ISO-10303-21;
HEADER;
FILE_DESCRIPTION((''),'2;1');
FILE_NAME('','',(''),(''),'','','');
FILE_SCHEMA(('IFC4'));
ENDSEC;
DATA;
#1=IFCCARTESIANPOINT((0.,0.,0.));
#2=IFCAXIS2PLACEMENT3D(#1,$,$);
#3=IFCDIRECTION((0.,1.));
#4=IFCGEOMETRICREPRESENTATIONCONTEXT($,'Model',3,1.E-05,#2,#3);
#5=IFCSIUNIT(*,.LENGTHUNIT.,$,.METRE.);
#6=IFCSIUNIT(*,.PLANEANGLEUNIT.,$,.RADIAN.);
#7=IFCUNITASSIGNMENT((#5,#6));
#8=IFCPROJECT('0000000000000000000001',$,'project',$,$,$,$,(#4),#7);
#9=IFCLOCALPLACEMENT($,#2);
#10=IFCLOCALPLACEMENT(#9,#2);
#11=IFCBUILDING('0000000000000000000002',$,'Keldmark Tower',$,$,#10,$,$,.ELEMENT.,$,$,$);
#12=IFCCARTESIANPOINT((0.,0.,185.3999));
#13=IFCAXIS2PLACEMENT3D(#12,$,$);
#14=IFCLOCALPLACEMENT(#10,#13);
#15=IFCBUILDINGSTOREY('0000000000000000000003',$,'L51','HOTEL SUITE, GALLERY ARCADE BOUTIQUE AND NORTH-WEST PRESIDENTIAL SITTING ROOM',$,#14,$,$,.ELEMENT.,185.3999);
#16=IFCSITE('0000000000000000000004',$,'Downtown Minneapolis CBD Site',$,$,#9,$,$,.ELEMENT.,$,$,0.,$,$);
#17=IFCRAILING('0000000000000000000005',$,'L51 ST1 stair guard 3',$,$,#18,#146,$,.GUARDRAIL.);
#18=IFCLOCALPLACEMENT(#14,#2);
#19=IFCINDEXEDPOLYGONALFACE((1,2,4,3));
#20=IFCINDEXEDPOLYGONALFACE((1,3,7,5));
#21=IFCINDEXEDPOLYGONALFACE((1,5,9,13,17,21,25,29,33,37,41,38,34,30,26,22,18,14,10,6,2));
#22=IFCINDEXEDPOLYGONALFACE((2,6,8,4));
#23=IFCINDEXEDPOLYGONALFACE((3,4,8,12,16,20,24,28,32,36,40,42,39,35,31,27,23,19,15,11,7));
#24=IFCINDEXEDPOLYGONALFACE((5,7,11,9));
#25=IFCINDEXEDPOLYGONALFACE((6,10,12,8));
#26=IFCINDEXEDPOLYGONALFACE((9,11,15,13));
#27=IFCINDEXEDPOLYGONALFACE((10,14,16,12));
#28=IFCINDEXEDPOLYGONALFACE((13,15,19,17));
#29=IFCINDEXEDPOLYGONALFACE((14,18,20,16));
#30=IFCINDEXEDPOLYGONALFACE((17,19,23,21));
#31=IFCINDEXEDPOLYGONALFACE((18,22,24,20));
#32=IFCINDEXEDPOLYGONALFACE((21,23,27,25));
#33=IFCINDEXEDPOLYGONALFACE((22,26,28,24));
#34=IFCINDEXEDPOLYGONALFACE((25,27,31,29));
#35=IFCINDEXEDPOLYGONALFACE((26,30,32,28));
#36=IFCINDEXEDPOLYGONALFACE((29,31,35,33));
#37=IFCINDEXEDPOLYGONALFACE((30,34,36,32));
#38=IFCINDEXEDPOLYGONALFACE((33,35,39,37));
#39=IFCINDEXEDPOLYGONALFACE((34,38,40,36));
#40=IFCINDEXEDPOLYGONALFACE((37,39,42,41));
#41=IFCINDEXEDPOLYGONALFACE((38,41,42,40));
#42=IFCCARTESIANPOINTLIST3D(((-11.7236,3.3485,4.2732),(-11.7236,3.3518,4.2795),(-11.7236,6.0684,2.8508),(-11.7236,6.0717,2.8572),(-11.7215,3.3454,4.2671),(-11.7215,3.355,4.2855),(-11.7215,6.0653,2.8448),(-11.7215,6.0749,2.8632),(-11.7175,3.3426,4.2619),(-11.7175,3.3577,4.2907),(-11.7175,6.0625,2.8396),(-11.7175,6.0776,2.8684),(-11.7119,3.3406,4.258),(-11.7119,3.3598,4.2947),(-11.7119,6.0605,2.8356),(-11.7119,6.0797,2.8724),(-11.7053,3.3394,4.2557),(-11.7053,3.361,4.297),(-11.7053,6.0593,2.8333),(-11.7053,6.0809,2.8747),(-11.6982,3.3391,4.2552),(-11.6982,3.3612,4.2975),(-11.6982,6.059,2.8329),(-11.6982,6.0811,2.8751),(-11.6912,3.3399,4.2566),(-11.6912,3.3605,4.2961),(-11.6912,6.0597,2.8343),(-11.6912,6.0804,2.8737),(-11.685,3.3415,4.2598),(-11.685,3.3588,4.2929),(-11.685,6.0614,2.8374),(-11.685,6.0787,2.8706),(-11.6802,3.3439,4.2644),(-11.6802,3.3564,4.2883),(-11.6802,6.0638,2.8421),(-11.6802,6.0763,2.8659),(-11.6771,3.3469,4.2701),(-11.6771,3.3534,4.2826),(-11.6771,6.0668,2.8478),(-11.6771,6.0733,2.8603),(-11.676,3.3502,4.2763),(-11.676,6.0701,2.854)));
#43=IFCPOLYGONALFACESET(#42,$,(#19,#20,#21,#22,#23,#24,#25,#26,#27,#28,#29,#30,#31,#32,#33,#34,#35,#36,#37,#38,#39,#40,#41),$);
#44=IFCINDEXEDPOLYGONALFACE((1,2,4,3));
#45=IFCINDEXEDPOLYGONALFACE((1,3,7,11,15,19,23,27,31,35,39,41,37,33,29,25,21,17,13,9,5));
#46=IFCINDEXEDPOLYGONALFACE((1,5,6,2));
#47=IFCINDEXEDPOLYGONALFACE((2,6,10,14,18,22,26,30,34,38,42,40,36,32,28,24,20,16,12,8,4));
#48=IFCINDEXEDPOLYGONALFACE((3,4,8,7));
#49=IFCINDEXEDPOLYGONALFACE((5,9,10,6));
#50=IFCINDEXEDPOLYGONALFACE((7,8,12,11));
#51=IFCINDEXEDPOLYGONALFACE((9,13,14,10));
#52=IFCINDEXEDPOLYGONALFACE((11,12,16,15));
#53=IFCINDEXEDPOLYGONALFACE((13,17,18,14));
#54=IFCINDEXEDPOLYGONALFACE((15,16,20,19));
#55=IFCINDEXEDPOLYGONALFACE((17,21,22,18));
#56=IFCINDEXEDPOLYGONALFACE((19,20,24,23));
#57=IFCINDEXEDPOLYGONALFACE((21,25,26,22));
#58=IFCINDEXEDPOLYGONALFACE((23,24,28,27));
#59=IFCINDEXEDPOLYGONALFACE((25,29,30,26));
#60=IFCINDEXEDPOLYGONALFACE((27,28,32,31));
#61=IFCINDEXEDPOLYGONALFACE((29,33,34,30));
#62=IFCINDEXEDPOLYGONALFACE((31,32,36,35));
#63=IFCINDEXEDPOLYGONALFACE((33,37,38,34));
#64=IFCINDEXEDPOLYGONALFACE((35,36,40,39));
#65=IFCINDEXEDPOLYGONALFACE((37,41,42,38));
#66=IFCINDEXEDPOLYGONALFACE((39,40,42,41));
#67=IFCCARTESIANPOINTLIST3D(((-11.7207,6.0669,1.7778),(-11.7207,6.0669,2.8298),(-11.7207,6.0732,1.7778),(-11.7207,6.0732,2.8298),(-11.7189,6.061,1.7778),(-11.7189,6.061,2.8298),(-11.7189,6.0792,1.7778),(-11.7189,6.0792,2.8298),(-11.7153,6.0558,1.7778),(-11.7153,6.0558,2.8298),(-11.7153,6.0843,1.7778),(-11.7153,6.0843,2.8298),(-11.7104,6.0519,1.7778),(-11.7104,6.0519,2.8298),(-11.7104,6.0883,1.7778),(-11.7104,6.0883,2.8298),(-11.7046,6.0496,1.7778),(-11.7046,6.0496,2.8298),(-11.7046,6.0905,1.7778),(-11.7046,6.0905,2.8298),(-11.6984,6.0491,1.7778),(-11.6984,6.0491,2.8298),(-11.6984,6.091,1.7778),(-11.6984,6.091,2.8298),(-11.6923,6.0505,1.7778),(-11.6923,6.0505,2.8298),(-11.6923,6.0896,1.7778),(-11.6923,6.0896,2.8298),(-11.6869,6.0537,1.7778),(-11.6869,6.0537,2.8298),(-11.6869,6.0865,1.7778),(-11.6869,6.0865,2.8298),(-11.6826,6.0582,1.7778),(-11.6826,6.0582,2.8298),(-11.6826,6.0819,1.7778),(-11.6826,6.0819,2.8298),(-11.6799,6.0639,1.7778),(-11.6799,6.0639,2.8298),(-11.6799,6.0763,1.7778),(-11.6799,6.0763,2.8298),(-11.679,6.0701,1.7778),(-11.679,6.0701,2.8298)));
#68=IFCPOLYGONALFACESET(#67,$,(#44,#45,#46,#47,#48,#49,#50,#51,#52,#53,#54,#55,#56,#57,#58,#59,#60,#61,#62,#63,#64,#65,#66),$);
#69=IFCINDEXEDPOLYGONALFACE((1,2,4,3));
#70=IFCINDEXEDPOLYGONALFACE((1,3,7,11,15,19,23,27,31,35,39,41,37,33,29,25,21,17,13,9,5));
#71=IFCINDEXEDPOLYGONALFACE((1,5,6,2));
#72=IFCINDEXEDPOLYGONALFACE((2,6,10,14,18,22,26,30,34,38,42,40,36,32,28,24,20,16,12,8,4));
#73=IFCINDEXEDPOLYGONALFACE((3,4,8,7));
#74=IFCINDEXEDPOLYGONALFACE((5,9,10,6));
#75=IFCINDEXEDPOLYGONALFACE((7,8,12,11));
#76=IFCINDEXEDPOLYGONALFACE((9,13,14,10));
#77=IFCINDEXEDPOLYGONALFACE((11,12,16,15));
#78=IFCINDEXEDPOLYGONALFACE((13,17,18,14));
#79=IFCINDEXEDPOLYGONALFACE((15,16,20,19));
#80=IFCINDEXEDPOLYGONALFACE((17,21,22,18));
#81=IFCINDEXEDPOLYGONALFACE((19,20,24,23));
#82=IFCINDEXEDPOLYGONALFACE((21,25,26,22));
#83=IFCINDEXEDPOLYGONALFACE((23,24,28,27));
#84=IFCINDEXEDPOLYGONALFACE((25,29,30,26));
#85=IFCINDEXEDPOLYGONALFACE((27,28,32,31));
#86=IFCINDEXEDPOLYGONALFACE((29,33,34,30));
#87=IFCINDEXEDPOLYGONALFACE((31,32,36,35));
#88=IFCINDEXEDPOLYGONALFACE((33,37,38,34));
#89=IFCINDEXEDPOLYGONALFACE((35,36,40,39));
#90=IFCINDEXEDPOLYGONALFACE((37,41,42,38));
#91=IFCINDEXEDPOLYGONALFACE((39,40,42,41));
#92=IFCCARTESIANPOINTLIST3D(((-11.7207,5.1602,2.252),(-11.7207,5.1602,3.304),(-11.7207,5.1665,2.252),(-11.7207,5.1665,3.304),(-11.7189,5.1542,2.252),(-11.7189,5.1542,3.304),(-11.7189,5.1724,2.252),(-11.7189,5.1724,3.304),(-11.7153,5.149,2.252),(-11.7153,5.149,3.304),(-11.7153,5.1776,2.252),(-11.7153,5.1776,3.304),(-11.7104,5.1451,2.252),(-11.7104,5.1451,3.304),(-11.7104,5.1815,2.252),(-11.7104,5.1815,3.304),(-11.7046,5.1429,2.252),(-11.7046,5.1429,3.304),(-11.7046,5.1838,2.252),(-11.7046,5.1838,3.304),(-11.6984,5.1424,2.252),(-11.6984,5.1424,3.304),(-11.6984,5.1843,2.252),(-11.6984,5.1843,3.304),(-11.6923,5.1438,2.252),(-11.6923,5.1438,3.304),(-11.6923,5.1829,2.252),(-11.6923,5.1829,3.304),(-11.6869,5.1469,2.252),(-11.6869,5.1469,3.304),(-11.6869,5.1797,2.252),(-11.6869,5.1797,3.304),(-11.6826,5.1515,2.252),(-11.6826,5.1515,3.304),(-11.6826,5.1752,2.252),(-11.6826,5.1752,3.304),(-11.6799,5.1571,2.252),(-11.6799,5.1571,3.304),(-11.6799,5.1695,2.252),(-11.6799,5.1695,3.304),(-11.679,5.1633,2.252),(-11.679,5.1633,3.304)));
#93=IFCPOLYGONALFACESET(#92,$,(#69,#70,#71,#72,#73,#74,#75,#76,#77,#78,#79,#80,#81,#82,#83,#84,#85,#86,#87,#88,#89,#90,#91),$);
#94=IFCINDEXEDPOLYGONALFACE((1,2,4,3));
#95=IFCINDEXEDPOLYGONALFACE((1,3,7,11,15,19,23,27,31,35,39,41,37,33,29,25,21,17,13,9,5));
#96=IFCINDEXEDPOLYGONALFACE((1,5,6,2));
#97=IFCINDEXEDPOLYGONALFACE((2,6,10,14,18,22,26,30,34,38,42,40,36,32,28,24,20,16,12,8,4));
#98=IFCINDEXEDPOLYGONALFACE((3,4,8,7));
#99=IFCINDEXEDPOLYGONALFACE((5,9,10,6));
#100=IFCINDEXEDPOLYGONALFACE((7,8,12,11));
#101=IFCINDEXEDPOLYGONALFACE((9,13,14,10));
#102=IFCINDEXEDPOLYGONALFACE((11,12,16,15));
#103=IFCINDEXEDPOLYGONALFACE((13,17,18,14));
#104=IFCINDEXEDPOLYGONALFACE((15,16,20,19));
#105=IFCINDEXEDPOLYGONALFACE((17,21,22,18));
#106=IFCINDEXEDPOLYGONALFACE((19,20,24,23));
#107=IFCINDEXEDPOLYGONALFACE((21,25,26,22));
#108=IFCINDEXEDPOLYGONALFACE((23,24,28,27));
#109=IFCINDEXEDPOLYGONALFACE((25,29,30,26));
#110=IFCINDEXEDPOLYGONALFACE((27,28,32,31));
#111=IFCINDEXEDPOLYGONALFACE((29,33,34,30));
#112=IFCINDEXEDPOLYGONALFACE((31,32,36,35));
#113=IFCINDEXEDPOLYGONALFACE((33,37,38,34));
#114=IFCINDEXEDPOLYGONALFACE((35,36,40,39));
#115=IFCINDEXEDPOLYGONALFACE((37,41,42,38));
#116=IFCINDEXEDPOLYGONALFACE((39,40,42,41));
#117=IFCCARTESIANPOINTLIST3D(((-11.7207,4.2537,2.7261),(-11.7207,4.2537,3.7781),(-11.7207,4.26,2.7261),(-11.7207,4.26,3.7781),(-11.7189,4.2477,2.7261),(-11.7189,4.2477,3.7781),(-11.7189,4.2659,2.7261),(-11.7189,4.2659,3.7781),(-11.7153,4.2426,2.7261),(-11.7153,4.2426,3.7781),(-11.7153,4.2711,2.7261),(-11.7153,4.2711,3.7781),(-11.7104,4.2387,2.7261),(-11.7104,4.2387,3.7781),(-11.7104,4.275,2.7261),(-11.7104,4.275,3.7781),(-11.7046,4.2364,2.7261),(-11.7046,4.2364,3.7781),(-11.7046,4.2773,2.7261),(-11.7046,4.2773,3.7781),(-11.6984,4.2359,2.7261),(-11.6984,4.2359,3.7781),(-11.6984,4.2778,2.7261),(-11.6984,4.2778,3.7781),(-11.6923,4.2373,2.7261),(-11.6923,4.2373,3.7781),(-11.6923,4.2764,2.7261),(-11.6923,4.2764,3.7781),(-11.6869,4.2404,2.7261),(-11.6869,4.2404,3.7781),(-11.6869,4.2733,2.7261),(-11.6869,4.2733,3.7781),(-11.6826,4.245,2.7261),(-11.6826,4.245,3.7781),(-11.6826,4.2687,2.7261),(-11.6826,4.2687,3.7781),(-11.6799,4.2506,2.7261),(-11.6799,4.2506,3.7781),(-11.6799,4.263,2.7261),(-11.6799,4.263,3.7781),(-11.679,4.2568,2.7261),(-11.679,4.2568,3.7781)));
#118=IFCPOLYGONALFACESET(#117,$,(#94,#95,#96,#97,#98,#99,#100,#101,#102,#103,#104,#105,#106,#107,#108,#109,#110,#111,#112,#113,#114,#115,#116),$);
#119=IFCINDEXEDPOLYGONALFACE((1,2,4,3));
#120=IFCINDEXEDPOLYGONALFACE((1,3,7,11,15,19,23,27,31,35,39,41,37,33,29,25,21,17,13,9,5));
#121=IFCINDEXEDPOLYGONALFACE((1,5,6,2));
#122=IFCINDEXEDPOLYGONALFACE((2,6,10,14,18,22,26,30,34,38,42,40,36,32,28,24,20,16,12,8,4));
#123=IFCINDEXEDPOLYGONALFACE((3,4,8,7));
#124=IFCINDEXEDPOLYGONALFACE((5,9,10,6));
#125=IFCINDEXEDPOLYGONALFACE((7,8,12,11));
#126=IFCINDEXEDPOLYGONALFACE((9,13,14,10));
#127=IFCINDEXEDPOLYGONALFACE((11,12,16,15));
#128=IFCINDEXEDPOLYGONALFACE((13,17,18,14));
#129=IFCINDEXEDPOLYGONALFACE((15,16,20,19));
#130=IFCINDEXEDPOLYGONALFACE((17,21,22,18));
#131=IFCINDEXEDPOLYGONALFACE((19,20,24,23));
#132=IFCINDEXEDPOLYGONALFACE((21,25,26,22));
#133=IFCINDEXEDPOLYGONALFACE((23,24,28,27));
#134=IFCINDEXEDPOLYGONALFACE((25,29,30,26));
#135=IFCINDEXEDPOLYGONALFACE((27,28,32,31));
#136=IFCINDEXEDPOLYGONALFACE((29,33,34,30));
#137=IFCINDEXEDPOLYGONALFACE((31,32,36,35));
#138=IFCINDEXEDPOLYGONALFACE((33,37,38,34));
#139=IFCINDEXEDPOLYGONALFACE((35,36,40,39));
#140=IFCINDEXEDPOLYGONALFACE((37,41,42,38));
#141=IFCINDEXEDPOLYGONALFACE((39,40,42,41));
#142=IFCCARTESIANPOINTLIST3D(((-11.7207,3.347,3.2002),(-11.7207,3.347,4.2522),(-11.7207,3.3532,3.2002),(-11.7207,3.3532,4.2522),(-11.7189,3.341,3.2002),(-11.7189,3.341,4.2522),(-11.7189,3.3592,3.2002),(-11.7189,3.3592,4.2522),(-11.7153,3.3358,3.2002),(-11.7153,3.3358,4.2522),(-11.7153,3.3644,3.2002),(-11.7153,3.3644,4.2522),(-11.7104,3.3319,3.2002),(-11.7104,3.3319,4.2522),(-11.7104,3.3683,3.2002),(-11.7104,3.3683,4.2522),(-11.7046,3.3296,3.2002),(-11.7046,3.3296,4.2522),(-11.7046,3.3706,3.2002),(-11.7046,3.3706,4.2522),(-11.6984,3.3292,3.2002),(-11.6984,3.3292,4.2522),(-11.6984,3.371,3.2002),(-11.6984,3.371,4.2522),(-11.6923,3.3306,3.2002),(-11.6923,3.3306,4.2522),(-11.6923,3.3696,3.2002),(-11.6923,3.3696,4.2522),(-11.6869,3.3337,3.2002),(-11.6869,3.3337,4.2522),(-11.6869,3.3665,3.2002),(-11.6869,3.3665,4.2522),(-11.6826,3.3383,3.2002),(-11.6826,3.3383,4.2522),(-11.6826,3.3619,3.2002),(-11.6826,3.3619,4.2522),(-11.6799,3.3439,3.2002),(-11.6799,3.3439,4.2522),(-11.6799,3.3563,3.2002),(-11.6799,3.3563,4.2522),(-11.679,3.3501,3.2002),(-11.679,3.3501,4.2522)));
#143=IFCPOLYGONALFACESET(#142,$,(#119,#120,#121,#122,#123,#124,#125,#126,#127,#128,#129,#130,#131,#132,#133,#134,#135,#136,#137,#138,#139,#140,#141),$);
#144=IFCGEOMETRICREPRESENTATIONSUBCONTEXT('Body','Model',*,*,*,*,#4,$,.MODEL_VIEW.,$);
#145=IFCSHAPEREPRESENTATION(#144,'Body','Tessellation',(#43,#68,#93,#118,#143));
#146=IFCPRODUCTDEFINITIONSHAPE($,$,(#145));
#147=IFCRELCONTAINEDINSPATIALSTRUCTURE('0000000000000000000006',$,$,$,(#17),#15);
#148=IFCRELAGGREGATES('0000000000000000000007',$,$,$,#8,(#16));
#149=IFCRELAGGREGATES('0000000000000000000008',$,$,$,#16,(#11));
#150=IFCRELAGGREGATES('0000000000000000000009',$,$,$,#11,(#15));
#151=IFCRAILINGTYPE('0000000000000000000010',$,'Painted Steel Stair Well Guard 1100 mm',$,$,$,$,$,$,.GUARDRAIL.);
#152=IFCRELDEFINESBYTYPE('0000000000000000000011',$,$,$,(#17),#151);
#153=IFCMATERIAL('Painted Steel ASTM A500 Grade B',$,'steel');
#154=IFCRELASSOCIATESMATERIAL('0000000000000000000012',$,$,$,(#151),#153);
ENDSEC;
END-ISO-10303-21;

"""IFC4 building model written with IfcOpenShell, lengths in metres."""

from ifc_helpers import new_model, si_unit, direction, frame, origin, origin_2d, place, context, subcontext, project, spatial, circle, extrude, material, type_object, element, save


model = new_model("IFC4")

# Units and contexts
model_context = context("Model", 3, precision=1e-05, world=origin(), true_north=direction((0.0, 1.0)))
body_context = subcontext(model_context, "Body", "Model", "MODEL_VIEW")
ifc_project = project(units=[si_unit("LENGTHUNIT", "METRE"), si_unit("PLANEANGLEUNIT", "RADIAN")], contexts=[model_context])

# Site, building, storey
site_placement = place(None, origin())
site = spatial("IfcSite", under=ifc_project, at=site_placement, Name="Downtown Minneapolis CBD Site", CompositionType="ELEMENT", RefElevation=0.0)
building_placement = place(site_placement, origin())
building = spatial("IfcBuilding", under=site, at=building_placement, Name="Keldmark Tower", CompositionType="ELEMENT")
storey_placement = place(building_placement, frame((0.0, 0.0, 185.3999)))
storey = spatial("IfcBuildingStorey", under=building, at=storey_placement, Name="L51", Description="HOTEL SUITE, GALLERY ARCADE BOUTIQUE AND NORTH-WEST PRESIDENTIAL SITTING ROOM", CompositionType="ELEMENT", Elevation=185.3999)

# Railing
ifc_material_1 = material(Name="Painted Steel ASTM A500 Grade B", Category="steel")
railing_type_1 = type_object("IfcRailingType", Name="Painted Steel Stair Well Guard 1100 mm", PredefinedType="GUARDRAIL", material=ifc_material_1)
railing_1_placement = place(storey_placement, frame((-11.7, 6.0701, 1.7778)))
element("IfcRailing", 1, at=railing_1_placement, inside=storey, type_object=railing_type_1, Name="L51 ST1 stair guard 3", PredefinedType="GUARDRAIL", context=body_context, shape_type="SweptSolid", body=[
    extrude(circle(Radius=0.0239, at=origin_2d()), frame((0.0, 0.0, 1.0762), z_axis=(0.0, -0.88615, 0.463398), x_axis=(1.0, 0.0, 0.0)), (0.0, 0.0, 1.0), 3.0693),
    extrude(circle(Radius=0.021, at=origin_2d()), origin(), (0.0, 0.0, 1.0), 1.052),
    extrude(circle(Radius=0.021, at=origin_2d()), frame((0.0, -0.9067, 0.4741)), (0.0, 0.0, 1.0), 1.052),
    extrude(circle(Radius=0.021, at=origin_2d()), frame((0.0, -1.8132, 0.9482)), (0.0, 0.0, 1.0), 1.052),
    extrude(circle(Radius=0.021, at=origin_2d()), frame((0.0, -2.72, 1.4224)), (0.0, 0.0, 1.0), 1.052),
])

save(model, "model.ifc")
